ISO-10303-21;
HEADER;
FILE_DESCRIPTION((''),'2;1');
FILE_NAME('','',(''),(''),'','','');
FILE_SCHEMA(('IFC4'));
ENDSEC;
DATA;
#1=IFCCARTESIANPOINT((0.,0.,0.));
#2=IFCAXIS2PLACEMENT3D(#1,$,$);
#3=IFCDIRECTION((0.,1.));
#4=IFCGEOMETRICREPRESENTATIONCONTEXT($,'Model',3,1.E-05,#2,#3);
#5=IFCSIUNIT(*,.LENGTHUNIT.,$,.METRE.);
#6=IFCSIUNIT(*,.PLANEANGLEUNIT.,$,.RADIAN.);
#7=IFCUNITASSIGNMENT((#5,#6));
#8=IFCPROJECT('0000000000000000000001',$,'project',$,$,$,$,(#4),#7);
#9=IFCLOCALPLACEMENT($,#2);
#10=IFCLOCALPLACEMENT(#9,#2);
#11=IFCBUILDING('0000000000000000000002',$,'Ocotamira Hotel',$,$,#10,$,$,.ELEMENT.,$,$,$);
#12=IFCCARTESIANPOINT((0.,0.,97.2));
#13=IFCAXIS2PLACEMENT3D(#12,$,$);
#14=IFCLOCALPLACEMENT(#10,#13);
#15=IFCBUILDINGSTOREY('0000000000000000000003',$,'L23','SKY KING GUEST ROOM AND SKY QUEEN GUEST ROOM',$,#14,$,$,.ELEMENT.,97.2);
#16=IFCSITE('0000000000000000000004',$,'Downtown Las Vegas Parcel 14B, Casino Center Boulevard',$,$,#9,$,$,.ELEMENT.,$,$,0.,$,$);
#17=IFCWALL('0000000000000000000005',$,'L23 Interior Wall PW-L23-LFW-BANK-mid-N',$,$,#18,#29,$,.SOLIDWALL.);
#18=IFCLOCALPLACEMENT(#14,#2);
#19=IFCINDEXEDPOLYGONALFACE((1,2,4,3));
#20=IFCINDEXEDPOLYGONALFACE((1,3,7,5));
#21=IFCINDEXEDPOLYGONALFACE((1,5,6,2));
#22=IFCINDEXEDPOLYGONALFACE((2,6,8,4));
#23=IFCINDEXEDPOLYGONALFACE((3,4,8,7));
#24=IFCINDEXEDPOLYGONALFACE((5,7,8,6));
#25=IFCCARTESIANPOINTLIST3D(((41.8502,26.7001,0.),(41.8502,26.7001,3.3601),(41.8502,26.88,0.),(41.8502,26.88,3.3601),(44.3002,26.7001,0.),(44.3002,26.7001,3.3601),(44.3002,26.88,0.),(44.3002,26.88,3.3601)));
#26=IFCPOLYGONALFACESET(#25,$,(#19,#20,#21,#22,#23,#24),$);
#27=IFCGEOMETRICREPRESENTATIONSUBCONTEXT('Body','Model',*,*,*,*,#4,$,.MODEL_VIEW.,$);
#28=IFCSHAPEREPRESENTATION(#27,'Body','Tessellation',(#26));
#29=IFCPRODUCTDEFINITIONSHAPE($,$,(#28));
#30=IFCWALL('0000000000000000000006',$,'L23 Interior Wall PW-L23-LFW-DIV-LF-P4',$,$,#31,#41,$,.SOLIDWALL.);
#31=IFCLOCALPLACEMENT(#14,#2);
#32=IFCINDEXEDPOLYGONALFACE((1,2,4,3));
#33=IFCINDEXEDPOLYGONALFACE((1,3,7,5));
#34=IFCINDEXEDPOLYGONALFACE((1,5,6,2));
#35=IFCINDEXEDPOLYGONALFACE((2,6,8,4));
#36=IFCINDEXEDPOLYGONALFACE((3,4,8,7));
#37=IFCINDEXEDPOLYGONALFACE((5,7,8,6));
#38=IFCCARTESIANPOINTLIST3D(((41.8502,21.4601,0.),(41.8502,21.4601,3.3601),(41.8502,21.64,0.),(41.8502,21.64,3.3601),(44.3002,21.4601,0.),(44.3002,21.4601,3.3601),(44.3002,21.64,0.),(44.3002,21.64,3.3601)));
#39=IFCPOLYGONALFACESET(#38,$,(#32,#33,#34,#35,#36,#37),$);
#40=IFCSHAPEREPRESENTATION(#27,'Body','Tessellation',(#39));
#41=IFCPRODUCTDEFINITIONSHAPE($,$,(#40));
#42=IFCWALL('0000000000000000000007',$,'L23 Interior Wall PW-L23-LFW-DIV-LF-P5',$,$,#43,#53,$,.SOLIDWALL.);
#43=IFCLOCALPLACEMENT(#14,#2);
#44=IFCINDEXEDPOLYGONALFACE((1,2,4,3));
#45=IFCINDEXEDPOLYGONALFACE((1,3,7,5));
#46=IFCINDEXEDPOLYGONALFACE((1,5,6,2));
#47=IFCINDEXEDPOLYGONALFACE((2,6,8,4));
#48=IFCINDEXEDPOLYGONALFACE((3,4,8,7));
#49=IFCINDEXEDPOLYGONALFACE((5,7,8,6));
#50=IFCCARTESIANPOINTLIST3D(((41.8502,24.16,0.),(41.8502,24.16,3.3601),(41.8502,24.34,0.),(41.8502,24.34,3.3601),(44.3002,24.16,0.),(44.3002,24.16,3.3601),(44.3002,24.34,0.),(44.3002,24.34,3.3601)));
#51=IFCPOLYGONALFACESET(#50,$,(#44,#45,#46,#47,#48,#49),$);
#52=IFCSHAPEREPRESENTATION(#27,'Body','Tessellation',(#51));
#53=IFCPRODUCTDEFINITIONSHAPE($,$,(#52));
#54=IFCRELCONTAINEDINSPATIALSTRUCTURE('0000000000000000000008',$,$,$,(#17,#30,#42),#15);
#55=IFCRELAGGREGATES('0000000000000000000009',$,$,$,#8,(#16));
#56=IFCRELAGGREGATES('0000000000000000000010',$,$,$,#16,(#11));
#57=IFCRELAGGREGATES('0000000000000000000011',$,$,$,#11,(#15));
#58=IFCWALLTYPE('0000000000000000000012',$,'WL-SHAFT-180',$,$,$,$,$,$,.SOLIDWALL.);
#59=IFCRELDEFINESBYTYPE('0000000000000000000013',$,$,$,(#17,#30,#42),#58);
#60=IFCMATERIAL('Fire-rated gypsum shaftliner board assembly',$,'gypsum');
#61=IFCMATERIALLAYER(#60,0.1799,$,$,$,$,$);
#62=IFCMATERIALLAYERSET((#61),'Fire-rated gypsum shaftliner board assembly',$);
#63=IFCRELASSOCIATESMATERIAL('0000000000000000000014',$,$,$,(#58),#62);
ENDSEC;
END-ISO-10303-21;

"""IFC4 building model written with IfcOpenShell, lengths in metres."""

from ifc_helpers import new_model, si_unit, direction, frame, frame_2d, origin, place, context, subcontext, project, spatial, rectangle, extrude, material, layer, layer_set, type_object, element, save


model = new_model("IFC4")

# Units and contexts
model_context = context("Model", 3, precision=1e-05, world=origin(), true_north=direction((0.0, 1.0)))
body_context = subcontext(model_context, "Body", "Model", "MODEL_VIEW")
ifc_project = project(units=[si_unit("LENGTHUNIT", "METRE"), si_unit("PLANEANGLEUNIT", "RADIAN")], contexts=[model_context])

# Site, building, storey
site_placement = place(None, origin())
site = spatial("IfcSite", under=ifc_project, at=site_placement, Name="Downtown Las Vegas Parcel 14B, Casino Center Boulevard", CompositionType="ELEMENT", RefElevation=0.0)
building_placement = place(site_placement, origin())
building = spatial("IfcBuilding", under=site, at=building_placement, Name="Ocotamira Hotel", CompositionType="ELEMENT")
storey_placement = place(building_placement, frame((0.0, 0.0, 97.2)))
storey = spatial("IfcBuildingStorey", under=building, at=storey_placement, Name="L23", Description="SKY KING GUEST ROOM AND SKY QUEEN GUEST ROOM", CompositionType="ELEMENT", Elevation=97.2)

# Shared definitions
ifc_material_1 = material(Name="Fire-rated gypsum shaftliner board assembly", Category="gypsum")
ifc_layer_1 = layer(ifc_material_1, 0.1799)
ifc_layer_set_1 = layer_set([ifc_layer_1], Name="Fire-rated gypsum shaftliner board assembly")
wall_type_1 = type_object("IfcWallType", Name="WL-SHAFT-180", PredefinedType="SOLIDWALL", material=ifc_layer_set_1)

# Walls
for number, where, z_axis, x_axis, name in (
    (1, (41.8501, 26.79, 0.0), (0.0, 0.0, 1.0), (1.0, 0.0, 0.0), "L23 Interior Wall PW-L23-LFW-BANK-mid-N"),
    (2, (41.8501, 21.55, 0.0), (0.0, 0.0, 1.0), (1.0, 0.0, 0.0), "L23 Interior Wall PW-L23-LFW-DIV-LF-P4"),
    (3, (41.8501, 24.25, 0.0), (0.0, 0.0, 1.0), (1.0, 0.0, 0.0), "L23 Interior Wall PW-L23-LFW-DIV-LF-P5"),
):
    element("IfcWall", number, at=place(storey_placement, frame(where, z_axis=z_axis, x_axis=x_axis)), inside=storey, type_object=wall_type_1, Name=name, PredefinedType="SOLIDWALL", context=body_context, shape_type="SweptSolid", body=[
        extrude(rectangle(XDim=2.45, YDim=0.1799, at=frame_2d((1.2251, 0.0))), origin(), (0.0, 0.0, 1.0), 3.3601),
    ])

save(model, "model.ifc")
